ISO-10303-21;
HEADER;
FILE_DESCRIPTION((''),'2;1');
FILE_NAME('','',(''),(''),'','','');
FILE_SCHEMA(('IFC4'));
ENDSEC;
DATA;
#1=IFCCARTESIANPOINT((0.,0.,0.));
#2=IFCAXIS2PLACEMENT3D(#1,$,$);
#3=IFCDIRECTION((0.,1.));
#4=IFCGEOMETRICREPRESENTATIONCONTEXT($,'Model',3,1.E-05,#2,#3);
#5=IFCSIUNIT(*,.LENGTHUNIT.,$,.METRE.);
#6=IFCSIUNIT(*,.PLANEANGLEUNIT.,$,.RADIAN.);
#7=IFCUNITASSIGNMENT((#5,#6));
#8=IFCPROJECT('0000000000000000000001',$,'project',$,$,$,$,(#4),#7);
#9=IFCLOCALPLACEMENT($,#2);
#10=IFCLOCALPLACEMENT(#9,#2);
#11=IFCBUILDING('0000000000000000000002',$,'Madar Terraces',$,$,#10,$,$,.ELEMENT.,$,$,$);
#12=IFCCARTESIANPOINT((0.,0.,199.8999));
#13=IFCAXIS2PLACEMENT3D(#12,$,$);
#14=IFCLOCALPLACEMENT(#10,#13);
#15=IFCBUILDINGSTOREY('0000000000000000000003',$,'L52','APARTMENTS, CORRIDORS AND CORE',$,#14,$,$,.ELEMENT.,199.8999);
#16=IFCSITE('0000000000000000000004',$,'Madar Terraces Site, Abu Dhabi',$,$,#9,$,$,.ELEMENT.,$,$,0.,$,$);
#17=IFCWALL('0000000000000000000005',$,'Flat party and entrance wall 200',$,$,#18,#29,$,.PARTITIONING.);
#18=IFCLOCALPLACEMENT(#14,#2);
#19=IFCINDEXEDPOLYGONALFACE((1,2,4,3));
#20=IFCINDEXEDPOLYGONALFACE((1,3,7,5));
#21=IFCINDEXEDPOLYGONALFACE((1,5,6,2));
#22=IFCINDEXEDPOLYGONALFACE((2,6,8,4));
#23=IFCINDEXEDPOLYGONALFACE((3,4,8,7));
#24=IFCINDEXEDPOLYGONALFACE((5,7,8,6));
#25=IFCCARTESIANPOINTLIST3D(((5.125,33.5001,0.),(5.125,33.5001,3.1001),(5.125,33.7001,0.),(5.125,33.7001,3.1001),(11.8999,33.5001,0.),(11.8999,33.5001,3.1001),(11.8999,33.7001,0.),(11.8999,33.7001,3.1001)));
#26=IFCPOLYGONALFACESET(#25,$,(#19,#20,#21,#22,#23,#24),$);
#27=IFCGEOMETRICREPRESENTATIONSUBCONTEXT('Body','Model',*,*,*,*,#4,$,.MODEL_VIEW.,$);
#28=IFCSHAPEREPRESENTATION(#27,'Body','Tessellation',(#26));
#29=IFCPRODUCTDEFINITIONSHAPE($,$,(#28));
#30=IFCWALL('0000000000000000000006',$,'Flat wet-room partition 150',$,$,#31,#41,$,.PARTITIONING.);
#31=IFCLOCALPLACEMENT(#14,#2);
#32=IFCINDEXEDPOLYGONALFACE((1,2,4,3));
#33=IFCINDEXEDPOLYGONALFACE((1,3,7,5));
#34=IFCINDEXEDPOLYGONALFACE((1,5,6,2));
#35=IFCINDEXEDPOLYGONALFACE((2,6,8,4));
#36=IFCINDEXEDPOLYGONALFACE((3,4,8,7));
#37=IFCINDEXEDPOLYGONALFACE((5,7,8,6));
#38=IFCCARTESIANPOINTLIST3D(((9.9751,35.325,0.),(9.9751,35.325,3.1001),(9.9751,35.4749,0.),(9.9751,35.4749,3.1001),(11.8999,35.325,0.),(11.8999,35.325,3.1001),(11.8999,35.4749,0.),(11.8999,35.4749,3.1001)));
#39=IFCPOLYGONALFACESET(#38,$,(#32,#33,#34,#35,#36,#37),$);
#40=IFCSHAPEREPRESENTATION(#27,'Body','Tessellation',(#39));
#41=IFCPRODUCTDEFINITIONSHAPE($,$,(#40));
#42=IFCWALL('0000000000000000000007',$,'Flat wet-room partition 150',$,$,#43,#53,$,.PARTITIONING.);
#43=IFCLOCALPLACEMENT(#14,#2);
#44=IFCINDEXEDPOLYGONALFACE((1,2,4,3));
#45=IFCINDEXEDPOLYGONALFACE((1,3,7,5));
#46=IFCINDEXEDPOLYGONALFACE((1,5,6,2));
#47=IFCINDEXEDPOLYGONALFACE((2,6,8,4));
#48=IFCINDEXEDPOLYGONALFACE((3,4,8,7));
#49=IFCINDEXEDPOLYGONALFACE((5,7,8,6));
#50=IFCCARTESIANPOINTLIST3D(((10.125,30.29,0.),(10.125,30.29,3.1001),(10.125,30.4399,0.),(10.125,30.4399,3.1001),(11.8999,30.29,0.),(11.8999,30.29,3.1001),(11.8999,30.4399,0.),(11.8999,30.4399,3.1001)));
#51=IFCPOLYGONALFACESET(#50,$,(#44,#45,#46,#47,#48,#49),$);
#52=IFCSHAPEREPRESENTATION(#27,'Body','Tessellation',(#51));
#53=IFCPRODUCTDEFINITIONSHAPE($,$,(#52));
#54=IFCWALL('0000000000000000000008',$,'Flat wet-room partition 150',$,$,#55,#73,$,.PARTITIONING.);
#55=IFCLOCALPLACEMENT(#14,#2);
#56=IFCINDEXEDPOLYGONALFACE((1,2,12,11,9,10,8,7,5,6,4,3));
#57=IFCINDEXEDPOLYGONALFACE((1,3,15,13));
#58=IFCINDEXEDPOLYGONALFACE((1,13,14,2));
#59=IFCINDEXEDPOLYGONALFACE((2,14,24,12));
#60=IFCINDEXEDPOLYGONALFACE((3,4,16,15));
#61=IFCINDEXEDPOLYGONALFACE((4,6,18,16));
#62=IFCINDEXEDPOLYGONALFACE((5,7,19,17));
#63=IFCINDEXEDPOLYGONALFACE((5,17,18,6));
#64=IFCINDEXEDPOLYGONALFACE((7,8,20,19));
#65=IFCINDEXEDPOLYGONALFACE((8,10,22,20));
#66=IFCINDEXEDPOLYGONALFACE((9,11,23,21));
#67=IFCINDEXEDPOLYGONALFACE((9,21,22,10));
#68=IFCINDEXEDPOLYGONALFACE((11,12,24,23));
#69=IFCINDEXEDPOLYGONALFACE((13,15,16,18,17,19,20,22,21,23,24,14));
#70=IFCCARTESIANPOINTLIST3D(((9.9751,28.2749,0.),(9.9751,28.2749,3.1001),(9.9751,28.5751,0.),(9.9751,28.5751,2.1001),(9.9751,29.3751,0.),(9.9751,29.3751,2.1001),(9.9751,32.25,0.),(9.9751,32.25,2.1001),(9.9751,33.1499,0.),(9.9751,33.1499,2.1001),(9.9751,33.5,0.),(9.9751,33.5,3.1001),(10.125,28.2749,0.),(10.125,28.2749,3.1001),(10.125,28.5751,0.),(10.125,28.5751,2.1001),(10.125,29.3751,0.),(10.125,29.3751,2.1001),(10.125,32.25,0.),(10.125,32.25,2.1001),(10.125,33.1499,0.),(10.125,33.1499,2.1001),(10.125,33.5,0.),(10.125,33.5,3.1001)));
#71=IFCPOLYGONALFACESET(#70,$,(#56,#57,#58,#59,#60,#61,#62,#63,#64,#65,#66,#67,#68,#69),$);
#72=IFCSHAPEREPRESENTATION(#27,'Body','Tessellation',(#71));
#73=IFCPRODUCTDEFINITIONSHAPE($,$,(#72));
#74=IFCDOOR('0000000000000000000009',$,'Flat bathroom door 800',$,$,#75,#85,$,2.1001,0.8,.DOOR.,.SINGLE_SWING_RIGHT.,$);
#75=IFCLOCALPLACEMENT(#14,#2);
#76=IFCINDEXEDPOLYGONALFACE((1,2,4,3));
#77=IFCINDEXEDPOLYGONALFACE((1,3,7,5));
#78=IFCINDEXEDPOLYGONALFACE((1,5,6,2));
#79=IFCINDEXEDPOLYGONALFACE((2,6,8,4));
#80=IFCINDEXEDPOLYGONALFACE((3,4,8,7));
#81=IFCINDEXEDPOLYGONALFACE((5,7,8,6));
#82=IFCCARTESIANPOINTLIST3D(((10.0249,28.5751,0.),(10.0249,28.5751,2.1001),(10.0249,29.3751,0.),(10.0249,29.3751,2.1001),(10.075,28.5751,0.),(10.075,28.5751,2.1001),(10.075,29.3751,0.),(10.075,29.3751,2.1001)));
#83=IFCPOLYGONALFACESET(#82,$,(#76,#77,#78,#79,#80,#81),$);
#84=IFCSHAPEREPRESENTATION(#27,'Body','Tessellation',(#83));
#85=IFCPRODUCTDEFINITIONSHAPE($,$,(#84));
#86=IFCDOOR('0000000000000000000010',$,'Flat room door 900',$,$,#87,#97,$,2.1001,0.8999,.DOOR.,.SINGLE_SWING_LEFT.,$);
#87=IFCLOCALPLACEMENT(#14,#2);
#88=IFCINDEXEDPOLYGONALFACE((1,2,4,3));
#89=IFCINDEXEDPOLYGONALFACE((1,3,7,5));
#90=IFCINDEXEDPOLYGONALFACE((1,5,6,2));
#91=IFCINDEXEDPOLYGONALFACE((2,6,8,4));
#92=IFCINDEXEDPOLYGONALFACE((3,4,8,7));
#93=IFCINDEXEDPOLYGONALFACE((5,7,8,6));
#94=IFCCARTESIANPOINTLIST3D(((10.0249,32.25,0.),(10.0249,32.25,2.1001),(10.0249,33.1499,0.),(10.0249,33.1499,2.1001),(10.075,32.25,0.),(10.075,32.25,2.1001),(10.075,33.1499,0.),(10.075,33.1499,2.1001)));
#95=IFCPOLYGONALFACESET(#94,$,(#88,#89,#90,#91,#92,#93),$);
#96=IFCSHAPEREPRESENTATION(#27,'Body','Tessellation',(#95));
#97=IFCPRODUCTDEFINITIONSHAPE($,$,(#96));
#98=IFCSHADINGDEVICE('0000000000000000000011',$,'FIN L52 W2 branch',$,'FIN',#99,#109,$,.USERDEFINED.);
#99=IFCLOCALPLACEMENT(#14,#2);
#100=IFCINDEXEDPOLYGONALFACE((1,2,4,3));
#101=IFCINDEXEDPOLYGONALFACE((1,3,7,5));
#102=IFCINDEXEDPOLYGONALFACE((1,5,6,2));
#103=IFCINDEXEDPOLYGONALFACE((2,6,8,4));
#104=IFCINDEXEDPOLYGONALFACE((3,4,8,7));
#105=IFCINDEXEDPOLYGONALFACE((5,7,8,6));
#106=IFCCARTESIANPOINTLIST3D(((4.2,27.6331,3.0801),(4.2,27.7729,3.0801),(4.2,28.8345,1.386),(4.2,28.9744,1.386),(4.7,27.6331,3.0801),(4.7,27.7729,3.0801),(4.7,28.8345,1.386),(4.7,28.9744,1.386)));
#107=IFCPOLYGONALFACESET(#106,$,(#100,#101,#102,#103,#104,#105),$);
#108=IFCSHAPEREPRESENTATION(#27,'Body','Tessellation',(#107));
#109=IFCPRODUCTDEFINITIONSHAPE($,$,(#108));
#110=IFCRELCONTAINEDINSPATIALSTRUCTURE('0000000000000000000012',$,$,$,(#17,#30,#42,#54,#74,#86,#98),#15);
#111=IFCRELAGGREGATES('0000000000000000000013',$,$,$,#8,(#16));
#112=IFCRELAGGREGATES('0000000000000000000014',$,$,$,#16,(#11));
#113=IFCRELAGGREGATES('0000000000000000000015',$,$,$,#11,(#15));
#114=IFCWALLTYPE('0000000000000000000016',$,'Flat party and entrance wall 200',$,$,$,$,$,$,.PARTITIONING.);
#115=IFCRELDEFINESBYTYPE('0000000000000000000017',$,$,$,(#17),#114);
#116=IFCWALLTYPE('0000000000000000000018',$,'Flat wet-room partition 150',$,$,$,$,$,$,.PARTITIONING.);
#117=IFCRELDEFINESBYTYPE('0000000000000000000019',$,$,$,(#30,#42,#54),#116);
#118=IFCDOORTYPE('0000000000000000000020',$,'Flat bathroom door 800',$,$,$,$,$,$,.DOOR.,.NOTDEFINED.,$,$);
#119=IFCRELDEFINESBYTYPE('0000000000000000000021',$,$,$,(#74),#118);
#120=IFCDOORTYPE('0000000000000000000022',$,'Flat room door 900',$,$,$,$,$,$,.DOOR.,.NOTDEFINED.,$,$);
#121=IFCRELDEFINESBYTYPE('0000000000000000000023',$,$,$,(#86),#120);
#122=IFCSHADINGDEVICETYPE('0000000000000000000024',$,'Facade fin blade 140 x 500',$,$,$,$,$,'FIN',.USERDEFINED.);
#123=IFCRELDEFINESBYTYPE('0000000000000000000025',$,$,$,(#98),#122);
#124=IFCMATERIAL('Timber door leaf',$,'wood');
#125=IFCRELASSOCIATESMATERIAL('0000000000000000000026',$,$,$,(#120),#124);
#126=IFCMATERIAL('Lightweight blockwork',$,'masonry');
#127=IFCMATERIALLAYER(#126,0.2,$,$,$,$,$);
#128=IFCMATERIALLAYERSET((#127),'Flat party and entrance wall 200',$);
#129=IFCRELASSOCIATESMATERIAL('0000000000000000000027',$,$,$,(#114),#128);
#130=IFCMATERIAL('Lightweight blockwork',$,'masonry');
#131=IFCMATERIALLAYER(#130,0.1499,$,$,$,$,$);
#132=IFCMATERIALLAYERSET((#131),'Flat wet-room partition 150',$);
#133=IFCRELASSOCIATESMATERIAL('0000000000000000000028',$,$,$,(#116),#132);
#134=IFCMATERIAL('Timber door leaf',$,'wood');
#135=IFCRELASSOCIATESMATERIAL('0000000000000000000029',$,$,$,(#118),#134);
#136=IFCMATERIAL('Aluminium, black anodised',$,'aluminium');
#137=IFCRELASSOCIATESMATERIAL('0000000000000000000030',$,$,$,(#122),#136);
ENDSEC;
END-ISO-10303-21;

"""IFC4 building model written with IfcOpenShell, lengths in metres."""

from ifc_helpers import new_model, si_unit, direction, frame, frame_2d, origin, place, context, subcontext, project, spatial, polyline, rectangle, outline, extrude, material, layer, layer_set, type_object, element, fill, save


model = new_model("IFC4")

# Units and contexts
model_context = context("Model", 3, precision=1e-05, world=origin(), true_north=direction((0.0, 1.0)))
body_context = subcontext(model_context, "Body", "Model", "MODEL_VIEW")
ifc_project = project(units=[si_unit("LENGTHUNIT", "METRE"), si_unit("PLANEANGLEUNIT", "RADIAN")], contexts=[model_context])

# Site, building, storey
site_placement = place(None, origin())
site = spatial("IfcSite", under=ifc_project, at=site_placement, Name="Madar Terraces Site, Abu Dhabi", CompositionType="ELEMENT", RefElevation=0.0)
building_placement = place(site_placement, origin())
building = spatial("IfcBuilding", under=site, at=building_placement, Name="Madar Terraces", CompositionType="ELEMENT")
storey_placement = place(building_placement, frame((0.0, 0.0, 199.8999)))
storey = spatial("IfcBuildingStorey", under=building, at=storey_placement, Name="L52", Description="APARTMENTS, CORRIDORS AND CORE", CompositionType="ELEMENT", Elevation=199.8999)

# Shared definitions
ifc_material_1 = material(Name="Timber door leaf", Category="wood")
door_type_1 = type_object("IfcDoorType", Name="Flat room door 900", OperationType="NOTDEFINED", PredefinedType="DOOR", material=ifc_material_1)

# Walls
ifc_material_2 = material(Name="Lightweight blockwork", Category="masonry")
ifc_layer_1 = layer(ifc_material_2, 0.2)
ifc_layer_set_1 = layer_set([ifc_layer_1], Name="Flat party and entrance wall 200")
wall_type_1 = type_object("IfcWallType", Name="Flat party and entrance wall 200", PredefinedType="PARTITIONING", material=ifc_layer_set_1)
wall_1_placement = place(storey_placement, frame((5.125, 33.6001, 0.0), z_axis=(0.0, 0.0, 1.0), x_axis=(1.0, 0.0, 0.0)))
element("IfcWall", 1, at=wall_1_placement, inside=storey, type_object=wall_type_1, Name="Flat party and entrance wall 200", PredefinedType="PARTITIONING", context=body_context, shape_type="SweptSolid", body=[
    extrude(rectangle(XDim=6.7749, YDim=0.2, at=frame_2d((3.3875, 0.0))), origin(), (0.0, 0.0, 1.0), 3.1001),
])
ifc_material_3 = material(Name="Lightweight blockwork", Category="masonry")
ifc_layer_2 = layer(ifc_material_3, 0.1499)
ifc_layer_set_2 = layer_set([ifc_layer_2], Name="Flat wet-room partition 150")
wall_type_2 = type_object("IfcWallType", Name="Flat wet-room partition 150", PredefinedType="PARTITIONING", material=ifc_layer_set_2)
wall_2_placement = place(storey_placement, frame((11.8999, 35.3999, 0.0), z_axis=(0.0, 0.0, 1.0), x_axis=(-1.0, 0.0, 0.0)))
element("IfcWall", 2, at=wall_2_placement, inside=storey, type_object=wall_type_2, Name="Flat wet-room partition 150", PredefinedType="PARTITIONING", context=body_context, shape_type="SweptSolid", body=[
    extrude(rectangle(XDim=1.9248, YDim=0.1499, at=frame_2d((0.9624, 0.0))), origin(), (0.0, 0.0, 1.0), 3.1001),
])
wall_3_placement = place(storey_placement, frame((11.8999, 30.365, 0.0), z_axis=(0.0, 0.0, 1.0), x_axis=(-1.0, 0.0, 0.0)))
element("IfcWall", 3, at=wall_3_placement, inside=storey, type_object=wall_type_2, Name="Flat wet-room partition 150", PredefinedType="PARTITIONING", context=body_context, shape_type="SweptSolid", body=[
    extrude(rectangle(XDim=1.7749, YDim=0.1499, at=frame_2d((0.8875, 0.0))), origin(), (0.0, 0.0, 1.0), 3.1001),
])

# Wall, openings, doors
wall_4_placement = place(storey_placement, frame((10.05, 33.5, 0.0), z_axis=(0.0, 0.0, 1.0), x_axis=(0.0, -1.0, 0.0)))
wall_4 = element("IfcWall", 4, at=wall_4_placement, inside=storey, type_object=wall_type_2, Name="Flat wet-room partition 150", PredefinedType="PARTITIONING", context=body_context, shape_type="SweptSolid", body=[
    extrude(rectangle(XDim=5.2251, YDim=0.1499, at=frame_2d((2.6125, 0.0))), origin(), (0.0, 0.0, 1.0), 3.1001),
])
opening_1_placement = place(wall_4_placement, frame((4.125, 0.0, 0.0)))
opening_1 = element("IfcOpeningElement", 5, at=opening_1_placement, cuts=wall_4, PredefinedType="OPENING", context=body_context, shape_type="SweptSolid", body=[
    extrude(rectangle(XDim=0.8, YDim=2.1001, at=frame_2d((0.3999, 1.05))), frame((0.0, 0.085, 0.0), z_axis=(0.0, -1.0, 0.0), x_axis=(1.0, 0.0, 0.0)), (0.0, 0.0, 1.0), 0.1699),
])
opening_2_placement = place(wall_4_placement, frame((0.3501, 0.0, 0.0)))
opening_2 = element("IfcOpeningElement", 6, at=opening_2_placement, cuts=wall_4, PredefinedType="OPENING", context=body_context, shape_type="SweptSolid", body=[
    extrude(rectangle(XDim=0.8999, YDim=2.1001, at=frame_2d((0.45, 1.05))), frame((0.0, 0.085, 0.0), z_axis=(0.0, -1.0, 0.0), x_axis=(1.0, 0.0, 0.0)), (0.0, 0.0, 1.0), 0.1699),
])
ifc_material_4 = material(Name="Timber door leaf", Category="wood")
door_type_2 = type_object("IfcDoorType", Name="Flat bathroom door 800", OperationType="NOTDEFINED", PredefinedType="DOOR", material=ifc_material_4)
door_1_placement = place(opening_1_placement, origin())
door_1 = element("IfcDoor", 7, at=door_1_placement, inside=storey, type_object=door_type_2, Name="Flat bathroom door 800", OperationType="SINGLE_SWING_RIGHT", OverallHeight=2.1001, OverallWidth=0.8, PredefinedType="DOOR", context=body_context, shape_type="SweptSolid", body=[
    extrude(rectangle(XDim=0.8, YDim=2.1001, at=frame_2d((0.3999, 1.05))), frame((0.0, 0.0249, 0.0), z_axis=(0.0, -1.0, 0.0), x_axis=(1.0, 0.0, 0.0)), (0.0, 0.0, 1.0), 0.05),
])
fill(opening_1, door_1)
door_2_placement = place(opening_2_placement, origin())
door_2 = element("IfcDoor", 8, at=door_2_placement, inside=storey, type_object=door_type_1, Name="Flat room door 900", OperationType="SINGLE_SWING_LEFT", OverallHeight=2.1001, OverallWidth=0.8999, PredefinedType="DOOR", context=body_context, shape_type="SweptSolid", body=[
    extrude(rectangle(XDim=0.8999, YDim=2.1001, at=frame_2d((0.45, 1.05))), frame((0.0, 0.0249, 0.0), z_axis=(0.0, -1.0, 0.0), x_axis=(1.0, 0.0, 0.0)), (0.0, 0.0, 1.0), 0.05),
])
fill(opening_2, door_2)

# Shading device
ifc_material_5 = material(Name="Aluminium, black anodised", Category="aluminium")
shading_device_type = type_object("IfcShadingDeviceType", Name="Facade fin blade 140 x 500", ElementType="FIN", PredefinedType="USERDEFINED", material=ifc_material_5)
shading_device_placement = place(storey_placement, frame((4.45, 28.9744, 1.386), z_axis=(0.0, 0.0, 1.0), x_axis=(0.0, -1.0, 0.0)))
element("IfcShadingDevice", 9, at=shading_device_placement, inside=storey, type_object=shading_device_type, Name="FIN L52 W2 branch", ObjectType="FIN", PredefinedType="USERDEFINED", context=body_context, shape_type="SweptSolid", body=[
    extrude(outline(polyline([(0.0, 0.0), (0.1399, 0.0), (1.3413, 1.6941), (1.2014, 1.6941), (0.0, 0.0)])), frame((0.0, 0.25, 0.0), z_axis=(0.0, -1.0, 0.0), x_axis=(1.0, 0.0, 0.0)), (0.0, 0.0, 1.0), 0.5),
])

save(model, "model.ifc")
